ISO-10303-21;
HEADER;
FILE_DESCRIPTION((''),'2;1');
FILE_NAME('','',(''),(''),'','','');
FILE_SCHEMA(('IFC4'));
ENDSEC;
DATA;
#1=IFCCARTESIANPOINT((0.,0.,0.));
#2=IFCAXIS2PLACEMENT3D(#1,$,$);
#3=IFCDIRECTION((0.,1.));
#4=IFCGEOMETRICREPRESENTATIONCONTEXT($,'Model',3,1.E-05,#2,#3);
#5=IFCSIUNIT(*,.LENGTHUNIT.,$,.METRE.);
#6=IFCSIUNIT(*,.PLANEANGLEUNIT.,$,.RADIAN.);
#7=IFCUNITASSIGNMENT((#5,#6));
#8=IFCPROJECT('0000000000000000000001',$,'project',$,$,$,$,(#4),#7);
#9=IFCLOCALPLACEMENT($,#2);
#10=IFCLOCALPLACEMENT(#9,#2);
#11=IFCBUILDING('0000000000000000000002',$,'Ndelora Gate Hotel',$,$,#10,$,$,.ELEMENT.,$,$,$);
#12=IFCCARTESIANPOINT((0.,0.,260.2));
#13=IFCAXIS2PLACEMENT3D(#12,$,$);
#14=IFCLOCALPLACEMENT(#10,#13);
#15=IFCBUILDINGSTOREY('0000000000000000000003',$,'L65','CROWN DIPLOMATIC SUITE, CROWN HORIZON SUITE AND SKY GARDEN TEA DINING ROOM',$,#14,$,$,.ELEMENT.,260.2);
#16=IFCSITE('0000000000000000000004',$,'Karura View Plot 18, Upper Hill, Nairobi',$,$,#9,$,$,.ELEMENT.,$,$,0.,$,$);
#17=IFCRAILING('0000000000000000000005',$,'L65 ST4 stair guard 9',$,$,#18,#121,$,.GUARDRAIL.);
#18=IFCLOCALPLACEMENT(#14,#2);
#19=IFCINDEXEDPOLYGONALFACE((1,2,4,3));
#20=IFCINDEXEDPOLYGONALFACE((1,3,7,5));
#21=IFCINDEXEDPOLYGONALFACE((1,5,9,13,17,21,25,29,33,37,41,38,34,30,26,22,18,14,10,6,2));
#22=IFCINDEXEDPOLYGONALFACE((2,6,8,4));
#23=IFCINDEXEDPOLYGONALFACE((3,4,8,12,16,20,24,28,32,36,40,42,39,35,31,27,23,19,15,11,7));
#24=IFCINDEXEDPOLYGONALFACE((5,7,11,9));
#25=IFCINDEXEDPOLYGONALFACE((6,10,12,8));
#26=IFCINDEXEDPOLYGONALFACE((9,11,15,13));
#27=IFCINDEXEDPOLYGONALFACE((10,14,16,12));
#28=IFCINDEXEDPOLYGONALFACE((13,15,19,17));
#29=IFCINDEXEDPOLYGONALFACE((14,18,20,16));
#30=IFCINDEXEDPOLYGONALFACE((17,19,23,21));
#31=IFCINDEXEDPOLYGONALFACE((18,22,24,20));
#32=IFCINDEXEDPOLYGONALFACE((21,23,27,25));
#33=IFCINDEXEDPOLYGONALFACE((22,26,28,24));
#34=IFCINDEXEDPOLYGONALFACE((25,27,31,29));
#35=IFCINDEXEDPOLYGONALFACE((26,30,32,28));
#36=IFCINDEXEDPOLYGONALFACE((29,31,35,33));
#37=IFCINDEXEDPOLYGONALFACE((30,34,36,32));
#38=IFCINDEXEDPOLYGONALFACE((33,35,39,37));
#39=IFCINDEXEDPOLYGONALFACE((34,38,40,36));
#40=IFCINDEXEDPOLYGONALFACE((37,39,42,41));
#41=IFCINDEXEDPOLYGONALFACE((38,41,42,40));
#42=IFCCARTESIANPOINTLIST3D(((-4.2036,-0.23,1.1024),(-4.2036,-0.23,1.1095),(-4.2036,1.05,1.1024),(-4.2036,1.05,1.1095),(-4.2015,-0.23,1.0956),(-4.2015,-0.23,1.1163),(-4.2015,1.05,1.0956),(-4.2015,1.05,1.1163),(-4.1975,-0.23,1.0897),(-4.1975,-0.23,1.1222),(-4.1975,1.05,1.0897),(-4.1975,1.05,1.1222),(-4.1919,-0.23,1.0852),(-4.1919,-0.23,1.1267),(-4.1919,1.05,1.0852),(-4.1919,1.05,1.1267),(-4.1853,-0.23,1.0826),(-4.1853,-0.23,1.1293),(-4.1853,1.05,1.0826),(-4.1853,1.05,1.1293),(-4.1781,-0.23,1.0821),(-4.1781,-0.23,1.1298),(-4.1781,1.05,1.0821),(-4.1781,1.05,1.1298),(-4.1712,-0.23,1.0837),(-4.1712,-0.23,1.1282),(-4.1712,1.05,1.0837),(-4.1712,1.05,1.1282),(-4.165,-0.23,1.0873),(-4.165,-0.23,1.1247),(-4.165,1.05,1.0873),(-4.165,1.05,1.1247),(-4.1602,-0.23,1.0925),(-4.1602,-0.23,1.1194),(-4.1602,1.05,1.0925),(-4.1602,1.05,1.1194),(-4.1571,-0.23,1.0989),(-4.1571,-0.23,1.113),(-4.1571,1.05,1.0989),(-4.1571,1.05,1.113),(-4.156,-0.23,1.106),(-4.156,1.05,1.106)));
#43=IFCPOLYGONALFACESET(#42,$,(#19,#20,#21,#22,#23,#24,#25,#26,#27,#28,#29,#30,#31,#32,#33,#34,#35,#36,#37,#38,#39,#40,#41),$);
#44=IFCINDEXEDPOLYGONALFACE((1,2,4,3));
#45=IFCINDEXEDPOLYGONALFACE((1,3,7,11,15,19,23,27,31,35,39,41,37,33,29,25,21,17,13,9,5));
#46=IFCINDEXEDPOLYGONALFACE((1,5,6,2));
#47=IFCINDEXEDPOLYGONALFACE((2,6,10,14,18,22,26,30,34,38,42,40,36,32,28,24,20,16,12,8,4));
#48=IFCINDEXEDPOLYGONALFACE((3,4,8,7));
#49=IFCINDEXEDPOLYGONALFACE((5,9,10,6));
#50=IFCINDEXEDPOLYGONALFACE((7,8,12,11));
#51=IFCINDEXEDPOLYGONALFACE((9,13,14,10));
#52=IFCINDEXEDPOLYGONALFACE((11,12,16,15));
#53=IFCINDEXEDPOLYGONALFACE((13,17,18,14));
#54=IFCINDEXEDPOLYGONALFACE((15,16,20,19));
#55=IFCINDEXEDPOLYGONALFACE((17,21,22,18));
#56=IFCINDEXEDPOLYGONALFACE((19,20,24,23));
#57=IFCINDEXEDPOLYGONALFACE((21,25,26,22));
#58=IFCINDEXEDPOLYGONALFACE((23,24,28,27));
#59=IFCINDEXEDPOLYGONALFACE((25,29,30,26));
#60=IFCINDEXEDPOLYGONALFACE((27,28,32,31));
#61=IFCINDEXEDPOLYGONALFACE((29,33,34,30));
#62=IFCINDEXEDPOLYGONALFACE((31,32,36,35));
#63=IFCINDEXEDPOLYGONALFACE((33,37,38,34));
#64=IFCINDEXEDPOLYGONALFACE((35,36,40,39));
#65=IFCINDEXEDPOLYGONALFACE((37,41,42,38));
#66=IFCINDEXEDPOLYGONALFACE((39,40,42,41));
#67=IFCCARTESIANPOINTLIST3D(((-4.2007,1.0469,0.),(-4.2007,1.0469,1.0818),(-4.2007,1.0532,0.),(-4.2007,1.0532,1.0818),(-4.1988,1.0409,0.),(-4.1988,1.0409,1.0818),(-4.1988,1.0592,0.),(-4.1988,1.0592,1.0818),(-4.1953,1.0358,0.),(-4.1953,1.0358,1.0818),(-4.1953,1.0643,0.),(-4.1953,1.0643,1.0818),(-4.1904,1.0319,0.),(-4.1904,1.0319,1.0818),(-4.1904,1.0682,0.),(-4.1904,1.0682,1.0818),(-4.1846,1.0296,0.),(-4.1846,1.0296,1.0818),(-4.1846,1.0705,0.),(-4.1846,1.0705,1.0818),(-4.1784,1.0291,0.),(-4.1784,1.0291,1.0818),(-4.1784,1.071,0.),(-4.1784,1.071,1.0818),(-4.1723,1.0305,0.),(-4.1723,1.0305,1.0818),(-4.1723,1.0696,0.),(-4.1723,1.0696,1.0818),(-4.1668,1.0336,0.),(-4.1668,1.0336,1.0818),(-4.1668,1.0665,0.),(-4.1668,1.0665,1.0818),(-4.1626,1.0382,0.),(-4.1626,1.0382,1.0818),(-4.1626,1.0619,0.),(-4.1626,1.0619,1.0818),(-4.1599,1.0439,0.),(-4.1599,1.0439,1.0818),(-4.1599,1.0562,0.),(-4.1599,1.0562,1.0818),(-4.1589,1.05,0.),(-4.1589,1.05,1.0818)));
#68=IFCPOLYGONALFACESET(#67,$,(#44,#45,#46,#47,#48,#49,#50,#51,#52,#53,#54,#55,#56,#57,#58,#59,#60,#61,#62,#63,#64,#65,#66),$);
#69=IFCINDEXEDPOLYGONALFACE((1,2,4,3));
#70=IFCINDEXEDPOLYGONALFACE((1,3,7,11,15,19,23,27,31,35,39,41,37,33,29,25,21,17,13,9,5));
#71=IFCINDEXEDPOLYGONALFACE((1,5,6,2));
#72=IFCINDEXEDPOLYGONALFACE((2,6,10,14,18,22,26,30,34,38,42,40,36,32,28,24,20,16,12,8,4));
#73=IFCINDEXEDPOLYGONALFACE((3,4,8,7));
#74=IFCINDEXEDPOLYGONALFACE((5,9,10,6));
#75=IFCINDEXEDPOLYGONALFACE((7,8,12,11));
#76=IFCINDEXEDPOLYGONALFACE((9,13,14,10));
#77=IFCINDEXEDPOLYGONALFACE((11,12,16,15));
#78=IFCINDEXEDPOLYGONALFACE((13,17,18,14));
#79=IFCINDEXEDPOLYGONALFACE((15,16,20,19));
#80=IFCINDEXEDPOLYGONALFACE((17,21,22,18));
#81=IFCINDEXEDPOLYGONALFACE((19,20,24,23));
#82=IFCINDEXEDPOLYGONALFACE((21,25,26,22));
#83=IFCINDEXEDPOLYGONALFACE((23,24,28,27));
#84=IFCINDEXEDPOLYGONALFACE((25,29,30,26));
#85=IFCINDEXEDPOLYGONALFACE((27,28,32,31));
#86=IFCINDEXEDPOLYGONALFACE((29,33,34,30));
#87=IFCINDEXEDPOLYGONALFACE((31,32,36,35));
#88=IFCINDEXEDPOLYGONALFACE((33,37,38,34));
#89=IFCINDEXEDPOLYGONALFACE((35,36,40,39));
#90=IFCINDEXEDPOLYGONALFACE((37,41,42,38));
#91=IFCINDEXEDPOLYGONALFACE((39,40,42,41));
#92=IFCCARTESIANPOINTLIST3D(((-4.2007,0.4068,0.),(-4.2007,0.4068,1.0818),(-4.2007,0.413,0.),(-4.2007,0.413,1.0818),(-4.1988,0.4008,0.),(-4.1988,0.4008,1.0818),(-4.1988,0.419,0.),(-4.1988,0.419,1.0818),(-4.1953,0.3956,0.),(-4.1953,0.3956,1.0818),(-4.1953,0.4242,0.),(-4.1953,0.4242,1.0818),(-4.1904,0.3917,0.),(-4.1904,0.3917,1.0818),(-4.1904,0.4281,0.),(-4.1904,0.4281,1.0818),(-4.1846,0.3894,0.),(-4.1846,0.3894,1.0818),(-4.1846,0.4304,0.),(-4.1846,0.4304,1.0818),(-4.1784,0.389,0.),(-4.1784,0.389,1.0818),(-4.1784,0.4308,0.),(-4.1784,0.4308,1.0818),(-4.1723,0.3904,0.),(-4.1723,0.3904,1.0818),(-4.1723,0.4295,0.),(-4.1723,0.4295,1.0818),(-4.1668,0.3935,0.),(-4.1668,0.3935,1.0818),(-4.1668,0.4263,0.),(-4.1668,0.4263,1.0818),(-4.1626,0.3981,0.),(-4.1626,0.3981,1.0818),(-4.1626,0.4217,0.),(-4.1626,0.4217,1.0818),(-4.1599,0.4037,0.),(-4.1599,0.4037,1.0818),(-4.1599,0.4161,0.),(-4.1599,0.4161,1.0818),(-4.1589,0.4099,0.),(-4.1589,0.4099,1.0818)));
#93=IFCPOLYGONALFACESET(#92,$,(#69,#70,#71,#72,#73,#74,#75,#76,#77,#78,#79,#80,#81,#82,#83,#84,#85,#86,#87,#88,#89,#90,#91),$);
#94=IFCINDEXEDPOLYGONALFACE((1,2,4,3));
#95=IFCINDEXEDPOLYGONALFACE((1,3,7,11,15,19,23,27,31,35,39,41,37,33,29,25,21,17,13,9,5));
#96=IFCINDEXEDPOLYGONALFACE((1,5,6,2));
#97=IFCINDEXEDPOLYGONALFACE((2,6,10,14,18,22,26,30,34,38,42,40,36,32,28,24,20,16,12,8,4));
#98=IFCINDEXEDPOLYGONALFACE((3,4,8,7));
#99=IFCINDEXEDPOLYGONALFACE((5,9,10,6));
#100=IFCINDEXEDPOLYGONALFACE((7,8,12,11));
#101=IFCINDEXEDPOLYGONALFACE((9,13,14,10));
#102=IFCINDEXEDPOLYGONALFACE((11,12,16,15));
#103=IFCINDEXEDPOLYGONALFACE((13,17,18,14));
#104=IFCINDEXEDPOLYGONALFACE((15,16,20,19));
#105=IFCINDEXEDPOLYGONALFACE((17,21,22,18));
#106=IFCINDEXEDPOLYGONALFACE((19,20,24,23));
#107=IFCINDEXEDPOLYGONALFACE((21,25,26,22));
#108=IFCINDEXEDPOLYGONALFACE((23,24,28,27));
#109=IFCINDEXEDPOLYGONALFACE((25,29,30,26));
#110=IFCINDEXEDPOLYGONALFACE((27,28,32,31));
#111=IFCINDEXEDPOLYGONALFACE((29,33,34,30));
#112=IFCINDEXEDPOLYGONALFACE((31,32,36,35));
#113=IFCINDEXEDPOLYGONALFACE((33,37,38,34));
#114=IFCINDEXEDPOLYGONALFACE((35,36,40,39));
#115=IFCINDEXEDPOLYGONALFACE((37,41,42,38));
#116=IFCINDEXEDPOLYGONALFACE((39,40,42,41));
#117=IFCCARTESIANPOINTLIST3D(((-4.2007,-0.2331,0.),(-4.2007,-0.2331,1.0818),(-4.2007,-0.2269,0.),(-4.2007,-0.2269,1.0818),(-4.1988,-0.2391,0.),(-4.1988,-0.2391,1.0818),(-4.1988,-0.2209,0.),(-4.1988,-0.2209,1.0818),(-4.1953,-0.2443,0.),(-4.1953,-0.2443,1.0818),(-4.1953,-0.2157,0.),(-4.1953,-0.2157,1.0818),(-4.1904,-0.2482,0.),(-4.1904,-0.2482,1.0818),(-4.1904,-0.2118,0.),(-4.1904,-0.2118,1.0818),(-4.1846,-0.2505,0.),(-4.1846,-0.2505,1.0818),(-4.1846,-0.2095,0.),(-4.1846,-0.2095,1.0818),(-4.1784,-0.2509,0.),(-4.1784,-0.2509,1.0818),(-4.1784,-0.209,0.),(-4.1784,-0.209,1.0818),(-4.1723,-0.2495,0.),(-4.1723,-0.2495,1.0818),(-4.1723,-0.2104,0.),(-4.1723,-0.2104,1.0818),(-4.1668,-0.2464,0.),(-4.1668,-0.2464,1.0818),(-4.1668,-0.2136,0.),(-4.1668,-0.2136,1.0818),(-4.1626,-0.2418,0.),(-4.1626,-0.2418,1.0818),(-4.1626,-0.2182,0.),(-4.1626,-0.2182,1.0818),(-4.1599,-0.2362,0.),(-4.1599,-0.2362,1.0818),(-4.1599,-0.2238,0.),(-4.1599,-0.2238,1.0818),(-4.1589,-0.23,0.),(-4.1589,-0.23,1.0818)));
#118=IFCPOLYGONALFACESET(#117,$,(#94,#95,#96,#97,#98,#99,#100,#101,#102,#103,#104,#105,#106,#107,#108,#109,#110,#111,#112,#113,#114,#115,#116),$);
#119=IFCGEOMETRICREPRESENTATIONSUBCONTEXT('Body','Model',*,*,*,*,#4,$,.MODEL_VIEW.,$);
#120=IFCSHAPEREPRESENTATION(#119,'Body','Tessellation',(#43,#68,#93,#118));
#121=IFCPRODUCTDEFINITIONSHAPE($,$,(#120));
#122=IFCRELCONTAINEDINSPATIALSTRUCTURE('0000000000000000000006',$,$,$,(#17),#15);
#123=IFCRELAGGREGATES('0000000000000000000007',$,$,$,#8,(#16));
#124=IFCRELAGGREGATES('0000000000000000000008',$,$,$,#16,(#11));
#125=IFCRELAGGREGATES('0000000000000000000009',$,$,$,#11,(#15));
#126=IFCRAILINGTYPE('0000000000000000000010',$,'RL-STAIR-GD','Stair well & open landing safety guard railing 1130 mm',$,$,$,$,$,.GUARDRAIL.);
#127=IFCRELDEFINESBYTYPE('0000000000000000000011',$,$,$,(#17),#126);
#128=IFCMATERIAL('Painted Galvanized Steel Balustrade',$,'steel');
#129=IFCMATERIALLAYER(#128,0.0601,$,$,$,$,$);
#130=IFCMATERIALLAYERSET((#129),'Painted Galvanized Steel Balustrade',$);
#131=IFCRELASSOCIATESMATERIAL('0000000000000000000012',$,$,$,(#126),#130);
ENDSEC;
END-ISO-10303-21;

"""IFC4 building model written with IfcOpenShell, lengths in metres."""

from ifc_helpers import new_model, si_unit, direction, frame, origin, origin_2d, place, context, subcontext, project, spatial, circle, extrude, material, layer, layer_set, type_object, element, save


model = new_model("IFC4")

# Units and contexts
model_context = context("Model", 3, precision=1e-05, world=origin(), true_north=direction((0.0, 1.0)))
body_context = subcontext(model_context, "Body", "Model", "MODEL_VIEW")
ifc_project = project(units=[si_unit("LENGTHUNIT", "METRE"), si_unit("PLANEANGLEUNIT", "RADIAN")], contexts=[model_context])

# Site, building, storey
site_placement = place(None, origin())
site = spatial("IfcSite", under=ifc_project, at=site_placement, Name="Karura View Plot 18, Upper Hill, Nairobi", CompositionType="ELEMENT", RefElevation=0.0)
building_placement = place(site_placement, origin())
building = spatial("IfcBuilding", under=site, at=building_placement, Name="Ndelora Gate Hotel", CompositionType="ELEMENT")
storey_placement = place(building_placement, frame((0.0, 0.0, 260.2)))
storey = spatial("IfcBuildingStorey", under=building, at=storey_placement, Name="L65", Description="CROWN DIPLOMATIC SUITE, CROWN HORIZON SUITE AND SKY GARDEN TEA DINING ROOM", CompositionType="ELEMENT", Elevation=260.2)

# Railing
ifc_material_1 = material(Name="Painted Galvanized Steel Balustrade", Category="steel")
ifc_layer_1 = layer(ifc_material_1, 0.0601)
ifc_layer_set_1 = layer_set([ifc_layer_1], Name="Painted Galvanized Steel Balustrade")
railing_type = type_object("IfcRailingType", Name="RL-STAIR-GD", Description="Stair well & open landing safety guard railing 1130 mm", PredefinedType="GUARDRAIL", material=ifc_layer_set_1)
for number, where, name in (
    (1, (-4.1799, 1.05, 0.0), "L65 ST4 stair guard 9"),
):
    element("IfcRailing", number, at=place(storey_placement, frame(where)), inside=storey, type_object=railing_type, Name=name, PredefinedType="GUARDRAIL", context=body_context, shape_type="SweptSolid", body=[
        extrude(circle(Radius=0.0239, at=origin_2d()), frame((0.0, 0.0, 1.106), z_axis=(0.0, -1.0, 0.0), x_axis=(1.0, 0.0, 0.0)), (0.0, 0.0, 1.0), 1.28),
        extrude(circle(Radius=0.021, at=origin_2d()), origin(), (0.0, 0.0, 1.0), 1.0818),
        extrude(circle(Radius=0.021, at=origin_2d()), frame((0.0, -0.6401, 0.0)), (0.0, 0.0, 1.0), 1.0818),
        extrude(circle(Radius=0.021, at=origin_2d()), frame((0.0, -1.28, 0.0)), (0.0, 0.0, 1.0), 1.0818),
    ])

save(model, "model.ifc")
